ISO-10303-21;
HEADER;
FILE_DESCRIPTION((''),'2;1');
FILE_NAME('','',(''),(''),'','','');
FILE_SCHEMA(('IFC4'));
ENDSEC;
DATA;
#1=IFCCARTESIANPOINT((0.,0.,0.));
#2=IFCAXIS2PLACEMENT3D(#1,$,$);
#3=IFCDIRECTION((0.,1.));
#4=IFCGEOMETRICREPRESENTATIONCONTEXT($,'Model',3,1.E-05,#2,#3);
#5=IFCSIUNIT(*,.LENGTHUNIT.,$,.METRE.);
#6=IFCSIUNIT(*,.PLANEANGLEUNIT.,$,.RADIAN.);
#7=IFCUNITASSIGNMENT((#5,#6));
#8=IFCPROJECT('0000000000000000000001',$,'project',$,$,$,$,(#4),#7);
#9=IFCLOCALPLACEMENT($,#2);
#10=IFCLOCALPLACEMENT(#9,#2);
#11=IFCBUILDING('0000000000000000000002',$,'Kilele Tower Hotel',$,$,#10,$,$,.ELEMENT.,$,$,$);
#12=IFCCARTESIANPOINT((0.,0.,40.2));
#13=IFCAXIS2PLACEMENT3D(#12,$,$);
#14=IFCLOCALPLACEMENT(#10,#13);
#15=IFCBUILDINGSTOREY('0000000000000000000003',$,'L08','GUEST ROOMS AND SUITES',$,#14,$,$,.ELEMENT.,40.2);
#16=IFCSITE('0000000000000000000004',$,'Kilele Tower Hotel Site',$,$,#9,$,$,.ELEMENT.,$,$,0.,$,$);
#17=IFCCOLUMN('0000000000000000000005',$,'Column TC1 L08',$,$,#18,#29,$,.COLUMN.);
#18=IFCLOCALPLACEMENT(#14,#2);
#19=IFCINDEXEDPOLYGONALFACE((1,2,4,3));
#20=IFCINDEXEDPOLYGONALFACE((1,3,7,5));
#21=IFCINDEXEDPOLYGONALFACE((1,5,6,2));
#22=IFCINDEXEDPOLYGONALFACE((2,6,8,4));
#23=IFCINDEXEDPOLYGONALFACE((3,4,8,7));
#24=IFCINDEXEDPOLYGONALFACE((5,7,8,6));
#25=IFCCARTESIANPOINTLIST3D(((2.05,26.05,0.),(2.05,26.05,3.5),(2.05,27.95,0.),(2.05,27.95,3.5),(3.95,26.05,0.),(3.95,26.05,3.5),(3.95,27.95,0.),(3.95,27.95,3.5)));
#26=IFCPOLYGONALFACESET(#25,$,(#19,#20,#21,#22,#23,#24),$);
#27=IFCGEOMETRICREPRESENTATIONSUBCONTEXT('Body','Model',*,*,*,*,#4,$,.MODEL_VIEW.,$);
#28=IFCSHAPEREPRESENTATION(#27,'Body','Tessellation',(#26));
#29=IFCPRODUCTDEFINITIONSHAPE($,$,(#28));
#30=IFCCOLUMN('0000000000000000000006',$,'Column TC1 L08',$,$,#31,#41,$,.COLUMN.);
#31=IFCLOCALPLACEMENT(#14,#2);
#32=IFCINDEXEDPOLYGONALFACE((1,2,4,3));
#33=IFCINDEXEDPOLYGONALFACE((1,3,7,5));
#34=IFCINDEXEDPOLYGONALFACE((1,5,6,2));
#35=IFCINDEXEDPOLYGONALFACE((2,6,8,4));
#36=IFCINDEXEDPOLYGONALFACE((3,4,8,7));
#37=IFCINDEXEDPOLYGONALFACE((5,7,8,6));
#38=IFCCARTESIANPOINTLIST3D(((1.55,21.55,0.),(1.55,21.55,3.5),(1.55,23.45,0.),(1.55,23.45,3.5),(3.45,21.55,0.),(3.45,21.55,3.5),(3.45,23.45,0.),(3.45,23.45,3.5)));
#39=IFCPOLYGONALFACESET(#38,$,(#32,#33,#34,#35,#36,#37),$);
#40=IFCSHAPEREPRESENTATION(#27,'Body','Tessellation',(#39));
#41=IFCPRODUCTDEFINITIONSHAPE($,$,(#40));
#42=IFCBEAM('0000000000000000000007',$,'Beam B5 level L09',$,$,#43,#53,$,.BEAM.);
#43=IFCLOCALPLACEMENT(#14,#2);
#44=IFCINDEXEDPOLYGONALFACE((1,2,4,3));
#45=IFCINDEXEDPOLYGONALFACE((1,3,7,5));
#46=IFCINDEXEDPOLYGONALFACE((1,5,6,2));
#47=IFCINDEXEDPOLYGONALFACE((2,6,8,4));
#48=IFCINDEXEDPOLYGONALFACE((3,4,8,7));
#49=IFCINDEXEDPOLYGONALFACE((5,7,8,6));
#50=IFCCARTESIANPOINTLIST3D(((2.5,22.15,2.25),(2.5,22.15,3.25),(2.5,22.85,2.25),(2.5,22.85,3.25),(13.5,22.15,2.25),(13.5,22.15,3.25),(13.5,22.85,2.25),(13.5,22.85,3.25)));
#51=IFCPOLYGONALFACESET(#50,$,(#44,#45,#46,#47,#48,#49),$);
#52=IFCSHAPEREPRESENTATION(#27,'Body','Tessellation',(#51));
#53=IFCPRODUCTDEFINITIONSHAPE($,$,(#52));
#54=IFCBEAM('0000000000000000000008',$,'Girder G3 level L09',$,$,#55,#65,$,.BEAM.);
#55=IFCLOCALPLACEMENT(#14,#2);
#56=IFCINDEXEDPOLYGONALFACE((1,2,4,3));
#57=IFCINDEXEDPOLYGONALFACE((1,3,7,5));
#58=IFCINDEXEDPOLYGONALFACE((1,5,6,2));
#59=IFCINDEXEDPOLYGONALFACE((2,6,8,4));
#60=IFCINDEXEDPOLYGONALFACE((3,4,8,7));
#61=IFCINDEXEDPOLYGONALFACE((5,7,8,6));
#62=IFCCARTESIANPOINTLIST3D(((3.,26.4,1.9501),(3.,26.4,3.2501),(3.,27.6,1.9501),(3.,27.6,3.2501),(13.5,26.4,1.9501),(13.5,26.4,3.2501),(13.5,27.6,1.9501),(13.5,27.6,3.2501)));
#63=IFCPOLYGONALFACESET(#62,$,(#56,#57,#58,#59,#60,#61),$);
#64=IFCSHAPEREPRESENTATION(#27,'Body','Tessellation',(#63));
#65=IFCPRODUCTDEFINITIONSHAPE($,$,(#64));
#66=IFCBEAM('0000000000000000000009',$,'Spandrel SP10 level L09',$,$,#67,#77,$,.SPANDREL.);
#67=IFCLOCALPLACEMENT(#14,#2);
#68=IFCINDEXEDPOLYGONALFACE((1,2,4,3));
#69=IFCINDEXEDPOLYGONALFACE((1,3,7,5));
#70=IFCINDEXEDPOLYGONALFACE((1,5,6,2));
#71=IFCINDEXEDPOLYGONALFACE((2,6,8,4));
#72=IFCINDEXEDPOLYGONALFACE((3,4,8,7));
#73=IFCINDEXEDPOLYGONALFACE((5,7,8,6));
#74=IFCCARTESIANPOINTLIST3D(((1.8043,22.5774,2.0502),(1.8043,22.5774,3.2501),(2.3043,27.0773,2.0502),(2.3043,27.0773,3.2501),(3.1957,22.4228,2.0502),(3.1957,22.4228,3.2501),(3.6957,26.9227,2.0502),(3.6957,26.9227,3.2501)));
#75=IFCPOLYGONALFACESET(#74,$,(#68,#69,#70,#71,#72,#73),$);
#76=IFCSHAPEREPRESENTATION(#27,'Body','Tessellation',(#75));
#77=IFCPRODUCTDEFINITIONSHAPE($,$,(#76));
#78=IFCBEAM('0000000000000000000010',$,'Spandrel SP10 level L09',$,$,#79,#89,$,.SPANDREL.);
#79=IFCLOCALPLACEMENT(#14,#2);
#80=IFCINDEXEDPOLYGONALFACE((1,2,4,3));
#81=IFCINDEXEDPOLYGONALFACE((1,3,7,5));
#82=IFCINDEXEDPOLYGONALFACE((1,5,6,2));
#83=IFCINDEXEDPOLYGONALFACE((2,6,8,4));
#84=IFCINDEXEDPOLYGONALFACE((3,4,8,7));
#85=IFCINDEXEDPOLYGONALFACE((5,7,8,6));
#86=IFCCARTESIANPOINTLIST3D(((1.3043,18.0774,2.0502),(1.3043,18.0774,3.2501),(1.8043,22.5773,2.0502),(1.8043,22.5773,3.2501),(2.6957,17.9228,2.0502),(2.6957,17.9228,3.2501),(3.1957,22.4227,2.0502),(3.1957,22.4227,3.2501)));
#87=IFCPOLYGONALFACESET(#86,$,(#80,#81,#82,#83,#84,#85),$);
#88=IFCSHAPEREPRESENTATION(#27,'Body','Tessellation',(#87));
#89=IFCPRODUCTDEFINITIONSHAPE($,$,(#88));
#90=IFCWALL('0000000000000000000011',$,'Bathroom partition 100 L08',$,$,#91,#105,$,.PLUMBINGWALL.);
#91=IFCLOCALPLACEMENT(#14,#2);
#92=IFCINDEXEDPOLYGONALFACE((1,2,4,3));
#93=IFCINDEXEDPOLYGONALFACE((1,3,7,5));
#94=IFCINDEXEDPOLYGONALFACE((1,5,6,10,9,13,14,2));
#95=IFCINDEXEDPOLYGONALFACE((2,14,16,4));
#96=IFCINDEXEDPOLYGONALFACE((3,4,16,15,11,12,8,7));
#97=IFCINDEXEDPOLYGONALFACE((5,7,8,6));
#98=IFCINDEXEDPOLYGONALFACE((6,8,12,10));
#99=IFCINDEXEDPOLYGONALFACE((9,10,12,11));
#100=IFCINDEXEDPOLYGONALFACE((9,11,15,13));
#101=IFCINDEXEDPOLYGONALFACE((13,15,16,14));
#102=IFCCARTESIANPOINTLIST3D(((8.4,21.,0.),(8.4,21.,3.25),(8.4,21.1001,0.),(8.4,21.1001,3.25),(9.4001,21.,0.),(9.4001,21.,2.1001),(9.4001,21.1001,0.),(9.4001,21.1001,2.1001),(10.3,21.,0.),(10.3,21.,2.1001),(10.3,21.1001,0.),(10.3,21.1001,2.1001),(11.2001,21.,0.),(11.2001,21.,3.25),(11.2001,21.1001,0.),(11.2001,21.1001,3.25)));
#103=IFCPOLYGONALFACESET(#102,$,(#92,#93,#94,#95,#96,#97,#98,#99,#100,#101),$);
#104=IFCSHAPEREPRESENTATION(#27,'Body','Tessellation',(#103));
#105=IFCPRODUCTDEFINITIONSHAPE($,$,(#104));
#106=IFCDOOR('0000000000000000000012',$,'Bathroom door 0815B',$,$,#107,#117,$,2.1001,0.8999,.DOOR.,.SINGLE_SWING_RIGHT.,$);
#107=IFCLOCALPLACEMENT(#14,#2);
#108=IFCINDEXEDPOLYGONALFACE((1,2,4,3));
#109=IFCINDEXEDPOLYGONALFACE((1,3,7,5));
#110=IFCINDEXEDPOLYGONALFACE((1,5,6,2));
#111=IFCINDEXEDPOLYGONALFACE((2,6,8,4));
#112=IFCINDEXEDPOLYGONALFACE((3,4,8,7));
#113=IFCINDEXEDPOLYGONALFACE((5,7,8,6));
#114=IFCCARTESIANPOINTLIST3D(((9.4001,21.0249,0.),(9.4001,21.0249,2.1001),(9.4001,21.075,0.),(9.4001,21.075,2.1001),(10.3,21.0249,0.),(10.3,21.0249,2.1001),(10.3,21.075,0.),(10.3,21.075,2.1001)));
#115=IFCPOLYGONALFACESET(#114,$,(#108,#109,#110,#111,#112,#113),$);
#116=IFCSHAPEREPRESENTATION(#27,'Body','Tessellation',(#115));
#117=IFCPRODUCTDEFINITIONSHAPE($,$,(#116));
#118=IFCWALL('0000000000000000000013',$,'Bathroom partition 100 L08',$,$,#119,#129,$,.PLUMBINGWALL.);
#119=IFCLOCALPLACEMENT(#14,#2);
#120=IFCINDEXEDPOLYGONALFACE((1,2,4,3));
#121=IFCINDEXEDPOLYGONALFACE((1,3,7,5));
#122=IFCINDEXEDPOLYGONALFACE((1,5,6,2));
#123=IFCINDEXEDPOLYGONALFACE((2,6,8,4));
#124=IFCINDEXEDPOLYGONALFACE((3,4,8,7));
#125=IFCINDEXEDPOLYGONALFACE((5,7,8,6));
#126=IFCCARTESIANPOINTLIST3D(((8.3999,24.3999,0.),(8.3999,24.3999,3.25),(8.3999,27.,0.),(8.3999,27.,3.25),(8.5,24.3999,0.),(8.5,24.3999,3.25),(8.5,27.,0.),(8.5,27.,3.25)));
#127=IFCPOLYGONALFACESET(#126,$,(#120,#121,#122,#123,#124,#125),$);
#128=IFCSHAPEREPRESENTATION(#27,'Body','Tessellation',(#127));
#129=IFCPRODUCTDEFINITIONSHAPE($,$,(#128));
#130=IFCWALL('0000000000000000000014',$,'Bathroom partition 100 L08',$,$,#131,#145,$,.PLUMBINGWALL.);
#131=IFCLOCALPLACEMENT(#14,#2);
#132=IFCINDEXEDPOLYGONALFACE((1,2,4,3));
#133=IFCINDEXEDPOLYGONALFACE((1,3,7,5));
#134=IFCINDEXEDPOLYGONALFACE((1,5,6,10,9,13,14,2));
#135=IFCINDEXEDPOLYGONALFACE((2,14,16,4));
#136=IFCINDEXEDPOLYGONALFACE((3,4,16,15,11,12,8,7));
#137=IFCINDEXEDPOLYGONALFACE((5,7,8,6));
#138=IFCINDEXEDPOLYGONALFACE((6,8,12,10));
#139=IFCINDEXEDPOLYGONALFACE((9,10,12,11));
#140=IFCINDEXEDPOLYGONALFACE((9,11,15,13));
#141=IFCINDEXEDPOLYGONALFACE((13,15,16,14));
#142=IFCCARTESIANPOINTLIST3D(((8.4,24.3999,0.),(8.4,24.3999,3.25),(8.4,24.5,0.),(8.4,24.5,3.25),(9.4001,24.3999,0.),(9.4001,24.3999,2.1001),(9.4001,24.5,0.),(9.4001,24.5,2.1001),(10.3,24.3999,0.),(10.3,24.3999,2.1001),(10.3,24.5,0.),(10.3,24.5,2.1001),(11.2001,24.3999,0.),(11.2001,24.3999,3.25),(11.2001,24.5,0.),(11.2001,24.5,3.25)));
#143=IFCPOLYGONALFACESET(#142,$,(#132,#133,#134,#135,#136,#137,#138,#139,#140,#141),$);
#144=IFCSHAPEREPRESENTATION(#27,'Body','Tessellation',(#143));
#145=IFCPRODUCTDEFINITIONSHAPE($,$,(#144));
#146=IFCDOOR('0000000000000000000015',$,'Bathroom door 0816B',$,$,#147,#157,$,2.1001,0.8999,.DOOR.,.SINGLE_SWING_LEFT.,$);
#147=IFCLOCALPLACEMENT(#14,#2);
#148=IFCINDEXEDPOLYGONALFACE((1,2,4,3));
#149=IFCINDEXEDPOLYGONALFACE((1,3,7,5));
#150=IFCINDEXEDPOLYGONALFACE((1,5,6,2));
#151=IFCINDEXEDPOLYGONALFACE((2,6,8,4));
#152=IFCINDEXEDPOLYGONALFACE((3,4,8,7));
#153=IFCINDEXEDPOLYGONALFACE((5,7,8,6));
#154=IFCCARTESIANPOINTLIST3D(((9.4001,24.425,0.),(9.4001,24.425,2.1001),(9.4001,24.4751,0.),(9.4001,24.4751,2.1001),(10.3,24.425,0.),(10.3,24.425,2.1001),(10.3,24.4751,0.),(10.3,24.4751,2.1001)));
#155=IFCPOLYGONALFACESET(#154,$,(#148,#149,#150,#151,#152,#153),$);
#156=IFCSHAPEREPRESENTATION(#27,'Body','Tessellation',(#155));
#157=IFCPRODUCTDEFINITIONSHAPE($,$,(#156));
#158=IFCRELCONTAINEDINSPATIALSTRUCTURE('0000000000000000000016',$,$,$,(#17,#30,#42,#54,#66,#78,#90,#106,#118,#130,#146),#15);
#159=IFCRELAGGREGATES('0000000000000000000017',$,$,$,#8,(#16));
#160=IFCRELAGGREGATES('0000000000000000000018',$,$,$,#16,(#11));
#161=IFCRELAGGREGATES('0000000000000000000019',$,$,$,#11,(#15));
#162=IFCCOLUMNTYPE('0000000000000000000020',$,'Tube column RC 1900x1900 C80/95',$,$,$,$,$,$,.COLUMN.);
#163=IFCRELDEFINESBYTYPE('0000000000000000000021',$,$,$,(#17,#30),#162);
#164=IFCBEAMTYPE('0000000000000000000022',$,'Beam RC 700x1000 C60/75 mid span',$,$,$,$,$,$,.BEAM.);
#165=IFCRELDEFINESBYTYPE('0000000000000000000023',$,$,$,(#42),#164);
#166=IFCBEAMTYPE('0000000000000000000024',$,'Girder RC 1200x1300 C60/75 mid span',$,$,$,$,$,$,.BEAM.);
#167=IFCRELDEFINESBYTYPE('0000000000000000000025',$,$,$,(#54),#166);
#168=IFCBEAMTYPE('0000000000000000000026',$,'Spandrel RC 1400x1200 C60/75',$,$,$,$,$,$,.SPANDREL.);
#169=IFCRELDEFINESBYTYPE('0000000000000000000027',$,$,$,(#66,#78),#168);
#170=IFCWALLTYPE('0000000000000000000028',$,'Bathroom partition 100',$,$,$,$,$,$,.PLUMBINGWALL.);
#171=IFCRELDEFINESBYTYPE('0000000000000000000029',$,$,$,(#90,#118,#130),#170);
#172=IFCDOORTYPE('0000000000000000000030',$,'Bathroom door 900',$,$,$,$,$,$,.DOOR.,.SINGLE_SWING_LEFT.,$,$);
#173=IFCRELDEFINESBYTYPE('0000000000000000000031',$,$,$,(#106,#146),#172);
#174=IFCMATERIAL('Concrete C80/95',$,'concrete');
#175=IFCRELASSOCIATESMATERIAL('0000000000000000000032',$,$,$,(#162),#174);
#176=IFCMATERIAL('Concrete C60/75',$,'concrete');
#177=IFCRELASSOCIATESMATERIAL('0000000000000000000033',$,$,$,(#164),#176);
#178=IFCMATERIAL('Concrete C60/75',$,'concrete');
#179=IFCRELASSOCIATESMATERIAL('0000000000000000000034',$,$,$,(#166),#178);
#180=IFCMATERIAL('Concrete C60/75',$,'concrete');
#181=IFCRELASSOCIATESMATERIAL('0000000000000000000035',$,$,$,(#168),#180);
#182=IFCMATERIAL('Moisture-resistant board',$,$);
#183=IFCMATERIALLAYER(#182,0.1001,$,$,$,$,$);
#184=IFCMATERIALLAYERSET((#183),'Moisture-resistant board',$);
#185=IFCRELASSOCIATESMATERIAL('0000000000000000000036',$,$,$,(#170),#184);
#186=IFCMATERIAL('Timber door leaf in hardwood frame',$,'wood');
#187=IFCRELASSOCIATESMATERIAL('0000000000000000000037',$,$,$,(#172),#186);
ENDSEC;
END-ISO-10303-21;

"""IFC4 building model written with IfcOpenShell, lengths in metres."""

from ifc_helpers import new_model, si_unit, direction, frame, frame_2d, origin, origin_2d, place, context, subcontext, project, spatial, rectangle, extrude, material, layer, layer_set, material_profile, profile_set, type_object, element, fill, save


model = new_model("IFC4")

# Units and contexts
model_context = context("Model", 3, precision=1e-05, world=origin(), true_north=direction((0.0, 1.0)))
body_context = subcontext(model_context, "Body", "Model", "MODEL_VIEW")
ifc_project = project(units=[si_unit("LENGTHUNIT", "METRE"), si_unit("PLANEANGLEUNIT", "RADIAN")], contexts=[model_context])

# Site, building, storey
site_placement = place(None, origin())
site = spatial("IfcSite", under=ifc_project, at=site_placement, Name="Kilele Tower Hotel Site", CompositionType="ELEMENT", RefElevation=0.0)
building_placement = place(site_placement, origin())
building = spatial("IfcBuilding", under=site, at=building_placement, Name="Kilele Tower Hotel", CompositionType="ELEMENT")
storey_placement = place(building_placement, frame((0.0, 0.0, 40.2)))
storey = spatial("IfcBuildingStorey", under=building, at=storey_placement, Name="L08", Description="GUEST ROOMS AND SUITES", CompositionType="ELEMENT", Elevation=40.2)

# Columns
ifc_material_1 = material(Name="Concrete C80/95", Category="concrete")
ifc_material_profile_1 = material_profile(ifc_material_1, rectangle(XDim=1.8999, YDim=1.8999, at=origin_2d()))
ifc_profile_set_1 = profile_set([ifc_material_profile_1], Name="Concrete C80/95")
column_type = type_object("IfcColumnType", Name="Tube column RC 1900x1900 C80/95", PredefinedType="COLUMN", material=ifc_profile_set_1)
for number, where, z_axis, x_axis, name in (
    (1, (3.0, 27.0, 0.0), (0.0, 0.0, 1.0), (1.0, 0.0, 0.0), "Column TC1 L08"),
    (2, (2.5, 22.5, 0.0), (0.0, 0.0, 1.0), (1.0, 0.0, 0.0), "Column TC1 L08"),
):
    element("IfcColumn", number, at=place(storey_placement, frame(where, z_axis=z_axis, x_axis=x_axis)), inside=storey, type_object=column_type, Name=name, PredefinedType="COLUMN", context=body_context, shape_type="SweptSolid", body=[
        extrude(rectangle(XDim=1.8999, YDim=1.8999, at=origin_2d()), origin(), (0.0, 0.0, 1.0), 3.5),
    ])

# Beams
ifc_material_2 = material(Name="Concrete C60/75", Category="concrete")
ifc_material_profile_2 = material_profile(ifc_material_2, rectangle(XDim=0.7, YDim=1.0, at=origin_2d()))
ifc_profile_set_2 = profile_set([ifc_material_profile_2], Name="Concrete C60/75")
beam_type_1 = type_object("IfcBeamType", Name="Beam RC 700x1000 C60/75 mid span", PredefinedType="BEAM", material=ifc_profile_set_2)
beam_1_placement = place(storey_placement, frame((2.5, 22.5, 2.75), z_axis=(1.0, 0.0, 0.0), x_axis=(0.0, 1.0, 0.0)))
element("IfcBeam", 3, at=beam_1_placement, inside=storey, type_object=beam_type_1, Name="Beam B5 level L09", PredefinedType="BEAM", context=body_context, shape_type="SweptSolid", body=[
    extrude(rectangle(XDim=0.7, YDim=1.0, at=origin_2d()), origin(), (0.0, 0.0, 1.0), 11.0),
])
ifc_material_3 = material(Name="Concrete C60/75", Category="concrete")
ifc_material_profile_3 = material_profile(ifc_material_3, rectangle(XDim=1.2, YDim=1.3, at=origin_2d()))
ifc_profile_set_3 = profile_set([ifc_material_profile_3], Name="Concrete C60/75")
beam_type_2 = type_object("IfcBeamType", Name="Girder RC 1200x1300 C60/75 mid span", PredefinedType="BEAM", material=ifc_profile_set_3)
beam_2_placement = place(storey_placement, frame((3.0, 27.0, 2.6001), z_axis=(1.0, 0.0, 0.0), x_axis=(0.0, 1.0, 0.0)))
element("IfcBeam", 4, at=beam_2_placement, inside=storey, type_object=beam_type_2, Name="Girder G3 level L09", PredefinedType="BEAM", context=body_context, shape_type="SweptSolid", body=[
    extrude(rectangle(XDim=1.2, YDim=1.3, at=origin_2d()), origin(), (0.0, 0.0, 1.0), 10.5),
])
ifc_material_4 = material(Name="Concrete C60/75", Category="concrete")
ifc_material_profile_4 = material_profile(ifc_material_4, rectangle(XDim=1.3999, YDim=1.2, at=origin_2d()))
ifc_profile_set_4 = profile_set([ifc_material_profile_4], Name="Concrete C60/75")
beam_type_3 = type_object("IfcBeamType", Name="Spandrel RC 1400x1200 C60/75", PredefinedType="SPANDREL", material=ifc_profile_set_4)
for number, where, z_axis, x_axis, name in (
    (5, (3.0, 27.0, 2.6501), (-0.110432, -0.993884, 0.0), (0.993884, -0.110432, 0.0), "Spandrel SP10 level L09"),
    (6, (2.5, 22.5, 2.6501), (-0.110432, -0.993884, 0.0), (0.993884, -0.110432, 0.0), "Spandrel SP10 level L09"),
):
    element("IfcBeam", number, at=place(storey_placement, frame(where, z_axis=z_axis, x_axis=x_axis)), inside=storey, type_object=beam_type_3, Name=name, PredefinedType="SPANDREL", context=body_context, shape_type="SweptSolid", body=[
        extrude(rectangle(XDim=1.3999, YDim=1.2, at=origin_2d()), origin(), (0.0, 0.0, 1.0), 4.5276),
    ])

# Wall, opening, door
ifc_material_5 = material(Name="Moisture-resistant board")
ifc_layer_1 = layer(ifc_material_5, 0.1001)
ifc_layer_set_1 = layer_set([ifc_layer_1], Name="Moisture-resistant board")
wall_type_1 = type_object("IfcWallType", Name="Bathroom partition 100", PredefinedType="PLUMBINGWALL", material=ifc_layer_set_1)
wall_1_placement = place(storey_placement, frame((11.2, 21.05, 0.0), z_axis=(0.0, 0.0, 1.0), x_axis=(-1.0, 0.0, 0.0)))
wall_1 = element("IfcWall", 7, at=wall_1_placement, inside=storey, type_object=wall_type_1, Name="Bathroom partition 100 L08", PredefinedType="PLUMBINGWALL", context=body_context, shape_type="SweptSolid", body=[
    extrude(rectangle(XDim=2.8, YDim=0.1001, at=frame_2d((1.3999, 0.0))), origin(), (0.0, 0.0, 1.0), 3.25),
])
opening_1_placement = place(wall_1_placement, frame((1.7998, 0.0, 0.0), z_axis=(0.0, 0.0, 1.0), x_axis=(-1.0, 0.0, 0.0)))
opening_1 = element("IfcOpeningElement", 8, at=opening_1_placement, cuts=wall_1, PredefinedType="OPENING", context=body_context, shape_type="SweptSolid", body=[
    extrude(rectangle(XDim=0.8999, YDim=2.1001, at=frame_2d((0.45, 1.05))), frame((0.0, 0.0601, 0.0), z_axis=(0.0, -1.0, 0.0), x_axis=(1.0, 0.0, 0.0)), (0.0, 0.0, 1.0), 0.1201),
])
ifc_material_6 = material(Name="Timber door leaf in hardwood frame", Category="wood")
door_type_1 = type_object("IfcDoorType", Name="Bathroom door 900", OperationType="SINGLE_SWING_LEFT", PredefinedType="DOOR", material=ifc_material_6)
door_1_placement = place(opening_1_placement, origin())
door_1 = element("IfcDoor", 9, at=door_1_placement, inside=storey, type_object=door_type_1, Name="Bathroom door 0815B", OperationType="SINGLE_SWING_RIGHT", OverallHeight=2.1001, OverallWidth=0.8999, PredefinedType="DOOR", context=body_context, shape_type="SweptSolid", body=[
    extrude(rectangle(XDim=0.8999, YDim=2.1001, at=frame_2d((0.45, 1.05))), frame((0.0, 0.0249, 0.0), z_axis=(0.0, -1.0, 0.0), x_axis=(1.0, 0.0, 0.0)), (0.0, 0.0, 1.0), 0.05),
])
fill(opening_1, door_1)

# Wall
wall_2_placement = place(storey_placement, frame((8.45, 24.3999, 0.0), z_axis=(0.0, 0.0, 1.0), x_axis=(0.0, 1.0, 0.0)))
element("IfcWall", 10, at=wall_2_placement, inside=storey, type_object=wall_type_1, Name="Bathroom partition 100 L08", PredefinedType="PLUMBINGWALL", context=body_context, shape_type="SweptSolid", body=[
    extrude(rectangle(XDim=2.6001, YDim=0.1001, at=frame_2d((1.3, 0.0))), origin(), (0.0, 0.0, 1.0), 3.25),
])

# Wall, opening, door
wall_3_placement = place(storey_placement, frame((11.2, 24.45, 0.0), z_axis=(0.0, 0.0, 1.0), x_axis=(-1.0, 0.0, 0.0)))
wall_3 = element("IfcWall", 11, at=wall_3_placement, inside=storey, type_object=wall_type_1, Name="Bathroom partition 100 L08", PredefinedType="PLUMBINGWALL", context=body_context, shape_type="SweptSolid", body=[
    extrude(rectangle(XDim=2.8, YDim=0.1001, at=frame_2d((1.3999, 0.0))), origin(), (0.0, 0.0, 1.0), 3.25),
])
opening_2_placement = place(wall_3_placement, frame((0.8999, 0.0, 0.0)))
opening_2 = element("IfcOpeningElement", 12, at=opening_2_placement, cuts=wall_3, PredefinedType="OPENING", context=body_context, shape_type="SweptSolid", body=[
    extrude(rectangle(XDim=0.8999, YDim=2.1001, at=frame_2d((0.45, 1.05))), frame((0.0, 0.0601, 0.0), z_axis=(0.0, -1.0, 0.0), x_axis=(1.0, 0.0, 0.0)), (0.0, 0.0, 1.0), 0.1201),
])
door_2_placement = place(opening_2_placement, origin())
door_2 = element("IfcDoor", 13, at=door_2_placement, inside=storey, type_object=door_type_1, Name="Bathroom door 0816B", OperationType="SINGLE_SWING_LEFT", OverallHeight=2.1001, OverallWidth=0.8999, PredefinedType="DOOR", context=body_context, shape_type="SweptSolid", body=[
    extrude(rectangle(XDim=0.8999, YDim=2.1001, at=frame_2d((0.45, 1.05))), frame((0.0, 0.0249, 0.0), z_axis=(0.0, -1.0, 0.0), x_axis=(1.0, 0.0, 0.0)), (0.0, 0.0, 1.0), 0.05),
])
fill(opening_2, door_2)

save(model, "model.ifc")
